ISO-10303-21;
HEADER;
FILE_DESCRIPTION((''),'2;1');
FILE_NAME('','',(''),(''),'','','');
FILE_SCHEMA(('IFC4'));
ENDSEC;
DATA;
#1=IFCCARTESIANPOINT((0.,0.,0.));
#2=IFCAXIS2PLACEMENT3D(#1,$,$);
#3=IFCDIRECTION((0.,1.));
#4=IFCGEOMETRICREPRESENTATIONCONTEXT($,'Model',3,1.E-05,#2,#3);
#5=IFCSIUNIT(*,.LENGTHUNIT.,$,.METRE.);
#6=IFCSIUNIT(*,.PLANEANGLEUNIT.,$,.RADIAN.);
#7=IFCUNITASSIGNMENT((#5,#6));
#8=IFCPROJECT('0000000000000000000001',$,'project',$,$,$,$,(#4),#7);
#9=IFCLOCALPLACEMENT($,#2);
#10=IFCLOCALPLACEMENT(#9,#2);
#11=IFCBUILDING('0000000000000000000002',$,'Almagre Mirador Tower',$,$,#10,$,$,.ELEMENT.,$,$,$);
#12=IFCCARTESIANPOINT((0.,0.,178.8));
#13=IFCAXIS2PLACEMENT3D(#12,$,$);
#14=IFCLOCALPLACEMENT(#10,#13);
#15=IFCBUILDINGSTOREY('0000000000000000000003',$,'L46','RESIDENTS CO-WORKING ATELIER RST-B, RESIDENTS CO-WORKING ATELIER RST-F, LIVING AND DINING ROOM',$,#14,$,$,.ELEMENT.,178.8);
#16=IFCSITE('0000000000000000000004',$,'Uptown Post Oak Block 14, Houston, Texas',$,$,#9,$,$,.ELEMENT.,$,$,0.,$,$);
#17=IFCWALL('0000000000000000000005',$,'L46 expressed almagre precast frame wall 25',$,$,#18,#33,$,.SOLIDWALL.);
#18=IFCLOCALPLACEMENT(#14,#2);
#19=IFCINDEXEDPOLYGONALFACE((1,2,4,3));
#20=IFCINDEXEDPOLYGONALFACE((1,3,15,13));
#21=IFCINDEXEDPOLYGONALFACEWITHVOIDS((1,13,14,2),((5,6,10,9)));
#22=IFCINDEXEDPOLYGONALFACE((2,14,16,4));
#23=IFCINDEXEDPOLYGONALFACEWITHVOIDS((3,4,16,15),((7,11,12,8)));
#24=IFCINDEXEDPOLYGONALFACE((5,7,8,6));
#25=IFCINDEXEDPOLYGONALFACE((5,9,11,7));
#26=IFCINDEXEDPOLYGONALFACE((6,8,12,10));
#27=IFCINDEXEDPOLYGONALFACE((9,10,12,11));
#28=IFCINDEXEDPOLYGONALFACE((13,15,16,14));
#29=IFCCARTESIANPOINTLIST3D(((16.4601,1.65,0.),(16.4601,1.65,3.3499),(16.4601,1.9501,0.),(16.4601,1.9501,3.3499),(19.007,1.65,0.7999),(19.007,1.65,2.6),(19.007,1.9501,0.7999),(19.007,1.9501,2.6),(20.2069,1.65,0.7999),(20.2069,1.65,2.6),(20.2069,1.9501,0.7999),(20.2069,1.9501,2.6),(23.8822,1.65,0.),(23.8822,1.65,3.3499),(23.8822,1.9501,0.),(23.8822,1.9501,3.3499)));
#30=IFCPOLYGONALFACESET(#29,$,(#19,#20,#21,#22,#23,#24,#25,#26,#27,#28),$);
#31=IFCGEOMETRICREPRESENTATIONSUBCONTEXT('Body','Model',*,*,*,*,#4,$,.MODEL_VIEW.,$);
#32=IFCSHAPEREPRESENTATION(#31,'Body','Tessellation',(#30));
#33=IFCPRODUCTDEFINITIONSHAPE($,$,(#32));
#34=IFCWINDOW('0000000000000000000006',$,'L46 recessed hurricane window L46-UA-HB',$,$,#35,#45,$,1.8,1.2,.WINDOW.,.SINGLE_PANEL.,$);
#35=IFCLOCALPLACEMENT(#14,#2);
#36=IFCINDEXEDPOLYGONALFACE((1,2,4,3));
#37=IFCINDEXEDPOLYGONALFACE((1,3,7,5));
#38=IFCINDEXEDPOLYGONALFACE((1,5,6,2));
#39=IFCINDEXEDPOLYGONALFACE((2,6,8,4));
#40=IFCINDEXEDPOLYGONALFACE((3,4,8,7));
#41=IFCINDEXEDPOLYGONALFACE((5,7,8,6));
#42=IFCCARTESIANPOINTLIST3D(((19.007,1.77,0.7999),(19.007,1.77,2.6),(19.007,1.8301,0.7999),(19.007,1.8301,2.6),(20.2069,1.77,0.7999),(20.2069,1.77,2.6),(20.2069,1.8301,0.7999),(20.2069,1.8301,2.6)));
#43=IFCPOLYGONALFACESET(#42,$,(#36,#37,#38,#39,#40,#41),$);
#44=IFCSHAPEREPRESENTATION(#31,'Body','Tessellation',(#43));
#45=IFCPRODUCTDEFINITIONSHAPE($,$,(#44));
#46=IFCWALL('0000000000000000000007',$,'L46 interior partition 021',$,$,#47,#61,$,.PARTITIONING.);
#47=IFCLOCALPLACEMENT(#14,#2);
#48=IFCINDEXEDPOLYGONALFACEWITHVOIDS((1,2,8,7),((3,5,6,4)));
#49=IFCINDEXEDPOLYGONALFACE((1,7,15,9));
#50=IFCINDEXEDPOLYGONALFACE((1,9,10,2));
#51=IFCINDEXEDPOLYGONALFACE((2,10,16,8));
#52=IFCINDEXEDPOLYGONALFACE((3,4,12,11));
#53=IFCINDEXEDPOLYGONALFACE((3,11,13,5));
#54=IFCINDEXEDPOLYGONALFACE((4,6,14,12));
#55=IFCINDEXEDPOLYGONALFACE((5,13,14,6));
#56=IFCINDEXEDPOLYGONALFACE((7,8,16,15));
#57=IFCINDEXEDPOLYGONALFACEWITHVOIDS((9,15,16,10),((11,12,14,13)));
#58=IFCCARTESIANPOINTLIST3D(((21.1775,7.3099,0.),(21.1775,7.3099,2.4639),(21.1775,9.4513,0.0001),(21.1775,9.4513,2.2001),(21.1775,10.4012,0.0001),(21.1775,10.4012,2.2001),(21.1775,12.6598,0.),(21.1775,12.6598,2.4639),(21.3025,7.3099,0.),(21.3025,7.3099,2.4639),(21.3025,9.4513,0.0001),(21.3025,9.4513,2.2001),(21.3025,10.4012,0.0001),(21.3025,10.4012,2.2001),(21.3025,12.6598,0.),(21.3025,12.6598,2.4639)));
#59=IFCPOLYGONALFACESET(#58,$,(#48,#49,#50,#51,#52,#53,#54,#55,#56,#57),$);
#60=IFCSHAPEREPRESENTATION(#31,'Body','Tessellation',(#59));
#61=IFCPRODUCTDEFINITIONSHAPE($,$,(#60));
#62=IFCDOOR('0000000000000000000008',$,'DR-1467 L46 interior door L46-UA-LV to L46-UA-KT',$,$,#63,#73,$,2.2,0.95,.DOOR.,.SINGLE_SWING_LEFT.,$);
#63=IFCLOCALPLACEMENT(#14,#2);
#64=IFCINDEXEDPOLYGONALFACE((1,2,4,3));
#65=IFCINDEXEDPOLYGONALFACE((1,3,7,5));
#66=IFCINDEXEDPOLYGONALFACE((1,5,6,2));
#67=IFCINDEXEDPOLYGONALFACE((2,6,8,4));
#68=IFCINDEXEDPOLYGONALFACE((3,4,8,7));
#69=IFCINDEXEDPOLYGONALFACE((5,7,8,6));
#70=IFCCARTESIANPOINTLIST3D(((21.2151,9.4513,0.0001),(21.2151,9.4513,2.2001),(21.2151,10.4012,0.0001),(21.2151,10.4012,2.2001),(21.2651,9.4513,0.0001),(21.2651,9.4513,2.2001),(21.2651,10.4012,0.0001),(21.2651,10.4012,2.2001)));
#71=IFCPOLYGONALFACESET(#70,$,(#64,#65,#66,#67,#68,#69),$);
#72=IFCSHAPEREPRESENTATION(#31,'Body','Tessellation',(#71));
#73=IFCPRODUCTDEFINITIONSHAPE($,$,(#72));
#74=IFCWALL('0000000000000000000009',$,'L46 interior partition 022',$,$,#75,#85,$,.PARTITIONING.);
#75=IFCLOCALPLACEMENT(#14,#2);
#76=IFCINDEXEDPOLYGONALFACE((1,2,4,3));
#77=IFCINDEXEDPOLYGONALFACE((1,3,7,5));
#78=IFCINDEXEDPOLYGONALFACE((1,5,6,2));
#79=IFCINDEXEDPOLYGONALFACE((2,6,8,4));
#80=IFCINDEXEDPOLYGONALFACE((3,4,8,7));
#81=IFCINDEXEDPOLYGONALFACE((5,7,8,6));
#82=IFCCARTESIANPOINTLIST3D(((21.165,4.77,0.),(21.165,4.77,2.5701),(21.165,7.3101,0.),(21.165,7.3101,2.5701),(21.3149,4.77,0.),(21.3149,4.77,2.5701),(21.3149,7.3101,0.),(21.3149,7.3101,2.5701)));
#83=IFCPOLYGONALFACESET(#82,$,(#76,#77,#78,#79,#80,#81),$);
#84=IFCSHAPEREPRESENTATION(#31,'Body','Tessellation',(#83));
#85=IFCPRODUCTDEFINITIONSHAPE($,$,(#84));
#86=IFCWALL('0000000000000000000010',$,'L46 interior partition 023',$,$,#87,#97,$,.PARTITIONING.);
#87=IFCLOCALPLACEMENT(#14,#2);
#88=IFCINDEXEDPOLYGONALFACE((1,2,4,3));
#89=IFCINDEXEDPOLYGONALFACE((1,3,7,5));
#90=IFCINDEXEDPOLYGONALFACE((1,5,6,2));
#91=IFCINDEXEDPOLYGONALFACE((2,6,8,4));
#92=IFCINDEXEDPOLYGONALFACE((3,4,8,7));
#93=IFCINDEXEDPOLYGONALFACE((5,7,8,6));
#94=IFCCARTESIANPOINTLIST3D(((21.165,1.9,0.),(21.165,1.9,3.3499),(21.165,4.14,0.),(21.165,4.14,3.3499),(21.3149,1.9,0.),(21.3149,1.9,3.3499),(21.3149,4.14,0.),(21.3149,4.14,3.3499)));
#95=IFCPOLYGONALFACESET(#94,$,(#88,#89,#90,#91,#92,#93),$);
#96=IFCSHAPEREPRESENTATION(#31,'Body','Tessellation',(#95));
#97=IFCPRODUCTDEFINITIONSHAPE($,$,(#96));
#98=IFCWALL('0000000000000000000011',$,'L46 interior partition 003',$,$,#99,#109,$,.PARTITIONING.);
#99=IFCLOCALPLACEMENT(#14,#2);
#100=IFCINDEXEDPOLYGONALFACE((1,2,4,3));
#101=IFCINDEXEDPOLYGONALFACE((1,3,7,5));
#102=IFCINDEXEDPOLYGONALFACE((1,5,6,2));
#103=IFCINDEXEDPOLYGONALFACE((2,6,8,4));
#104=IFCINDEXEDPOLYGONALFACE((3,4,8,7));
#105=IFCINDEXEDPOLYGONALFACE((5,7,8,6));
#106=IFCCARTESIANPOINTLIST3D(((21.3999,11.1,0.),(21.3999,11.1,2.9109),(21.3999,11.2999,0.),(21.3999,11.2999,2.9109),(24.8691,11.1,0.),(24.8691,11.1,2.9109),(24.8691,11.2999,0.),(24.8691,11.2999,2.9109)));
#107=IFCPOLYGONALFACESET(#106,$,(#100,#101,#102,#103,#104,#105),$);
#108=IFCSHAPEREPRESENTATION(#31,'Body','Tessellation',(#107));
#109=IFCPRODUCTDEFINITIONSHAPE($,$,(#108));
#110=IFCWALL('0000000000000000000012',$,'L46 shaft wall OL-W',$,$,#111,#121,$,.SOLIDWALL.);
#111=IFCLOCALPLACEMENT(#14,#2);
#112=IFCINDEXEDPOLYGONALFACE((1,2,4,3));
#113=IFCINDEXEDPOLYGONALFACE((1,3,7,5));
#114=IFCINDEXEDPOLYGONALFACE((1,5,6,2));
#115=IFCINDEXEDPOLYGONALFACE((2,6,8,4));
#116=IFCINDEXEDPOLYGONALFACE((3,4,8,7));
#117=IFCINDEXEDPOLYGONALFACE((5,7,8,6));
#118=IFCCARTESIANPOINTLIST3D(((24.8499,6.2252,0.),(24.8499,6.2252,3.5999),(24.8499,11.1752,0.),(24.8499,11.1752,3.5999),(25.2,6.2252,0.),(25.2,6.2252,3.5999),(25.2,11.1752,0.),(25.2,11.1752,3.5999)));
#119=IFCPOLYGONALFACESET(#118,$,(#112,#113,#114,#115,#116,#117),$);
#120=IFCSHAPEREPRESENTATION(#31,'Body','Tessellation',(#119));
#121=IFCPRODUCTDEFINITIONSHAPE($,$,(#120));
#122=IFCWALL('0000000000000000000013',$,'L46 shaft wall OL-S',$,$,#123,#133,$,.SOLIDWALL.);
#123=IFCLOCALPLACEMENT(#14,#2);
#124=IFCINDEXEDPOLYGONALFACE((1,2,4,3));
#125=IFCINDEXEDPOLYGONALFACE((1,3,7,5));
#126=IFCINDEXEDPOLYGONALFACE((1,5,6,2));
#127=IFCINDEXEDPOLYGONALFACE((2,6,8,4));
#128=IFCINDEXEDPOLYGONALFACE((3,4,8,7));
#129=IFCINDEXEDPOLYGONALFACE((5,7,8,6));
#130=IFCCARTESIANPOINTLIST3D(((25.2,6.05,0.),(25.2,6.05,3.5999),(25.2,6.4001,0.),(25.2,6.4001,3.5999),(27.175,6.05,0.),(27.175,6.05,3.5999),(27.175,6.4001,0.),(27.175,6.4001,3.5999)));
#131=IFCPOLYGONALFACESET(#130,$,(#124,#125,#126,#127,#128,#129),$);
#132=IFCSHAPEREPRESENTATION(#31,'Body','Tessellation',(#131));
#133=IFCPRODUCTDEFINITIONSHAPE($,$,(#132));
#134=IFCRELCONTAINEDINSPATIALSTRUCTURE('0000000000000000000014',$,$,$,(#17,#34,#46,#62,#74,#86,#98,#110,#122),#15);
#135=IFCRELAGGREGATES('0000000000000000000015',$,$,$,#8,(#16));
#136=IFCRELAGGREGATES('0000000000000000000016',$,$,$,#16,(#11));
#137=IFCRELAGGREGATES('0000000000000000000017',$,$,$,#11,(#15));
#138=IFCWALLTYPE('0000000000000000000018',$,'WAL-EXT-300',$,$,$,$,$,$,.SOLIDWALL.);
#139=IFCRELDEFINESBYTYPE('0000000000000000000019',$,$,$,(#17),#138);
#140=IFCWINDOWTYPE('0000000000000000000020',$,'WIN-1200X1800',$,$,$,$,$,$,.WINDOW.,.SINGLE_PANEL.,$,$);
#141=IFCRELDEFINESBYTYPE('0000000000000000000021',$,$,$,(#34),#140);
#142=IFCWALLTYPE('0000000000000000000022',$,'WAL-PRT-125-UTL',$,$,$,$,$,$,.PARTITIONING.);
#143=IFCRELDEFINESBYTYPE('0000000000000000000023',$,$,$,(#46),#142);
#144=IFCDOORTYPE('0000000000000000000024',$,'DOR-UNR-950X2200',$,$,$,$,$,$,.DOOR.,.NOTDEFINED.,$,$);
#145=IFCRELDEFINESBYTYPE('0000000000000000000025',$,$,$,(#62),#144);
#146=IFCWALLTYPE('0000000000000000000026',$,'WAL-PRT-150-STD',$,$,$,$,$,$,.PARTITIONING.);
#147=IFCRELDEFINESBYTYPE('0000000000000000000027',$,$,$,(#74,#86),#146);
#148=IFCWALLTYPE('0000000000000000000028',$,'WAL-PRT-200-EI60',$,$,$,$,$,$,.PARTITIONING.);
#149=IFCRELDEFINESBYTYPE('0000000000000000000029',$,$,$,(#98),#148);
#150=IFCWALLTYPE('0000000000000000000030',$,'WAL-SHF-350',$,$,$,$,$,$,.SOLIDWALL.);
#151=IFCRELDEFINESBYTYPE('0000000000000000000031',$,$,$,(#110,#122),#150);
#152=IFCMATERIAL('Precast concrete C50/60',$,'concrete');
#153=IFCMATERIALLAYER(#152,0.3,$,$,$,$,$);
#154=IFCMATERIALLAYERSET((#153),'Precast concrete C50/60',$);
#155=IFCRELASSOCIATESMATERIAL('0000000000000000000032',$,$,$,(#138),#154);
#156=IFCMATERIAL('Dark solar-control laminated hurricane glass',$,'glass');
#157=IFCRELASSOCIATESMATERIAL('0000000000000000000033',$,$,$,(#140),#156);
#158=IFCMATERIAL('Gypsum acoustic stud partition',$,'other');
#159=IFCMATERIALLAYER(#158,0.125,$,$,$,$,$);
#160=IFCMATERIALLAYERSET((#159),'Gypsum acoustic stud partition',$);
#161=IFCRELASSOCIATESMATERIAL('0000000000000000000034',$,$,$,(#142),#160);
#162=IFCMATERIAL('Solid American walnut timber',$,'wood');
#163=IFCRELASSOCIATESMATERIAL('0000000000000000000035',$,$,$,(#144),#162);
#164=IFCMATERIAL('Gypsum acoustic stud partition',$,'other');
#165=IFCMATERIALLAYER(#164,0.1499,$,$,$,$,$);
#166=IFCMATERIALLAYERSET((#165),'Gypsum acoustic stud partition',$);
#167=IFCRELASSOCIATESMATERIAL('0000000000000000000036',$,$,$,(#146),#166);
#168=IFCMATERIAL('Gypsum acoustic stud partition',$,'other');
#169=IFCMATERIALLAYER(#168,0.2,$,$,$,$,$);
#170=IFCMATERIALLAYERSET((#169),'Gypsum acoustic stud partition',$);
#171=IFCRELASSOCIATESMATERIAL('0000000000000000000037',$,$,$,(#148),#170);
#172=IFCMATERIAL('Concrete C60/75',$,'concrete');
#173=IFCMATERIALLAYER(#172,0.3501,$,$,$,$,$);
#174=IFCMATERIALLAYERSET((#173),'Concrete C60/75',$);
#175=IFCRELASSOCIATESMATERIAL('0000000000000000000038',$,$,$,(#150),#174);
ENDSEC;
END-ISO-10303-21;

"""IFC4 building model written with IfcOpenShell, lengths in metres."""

from ifc_helpers import new_model, si_unit, direction, frame, frame_2d, origin, place, context, subcontext, project, spatial, rectangle, extrude, material, layer, layer_set, type_object, element, fill, save


model = new_model("IFC4")

# Units and contexts
model_context = context("Model", 3, precision=1e-05, world=origin(), true_north=direction((0.0, 1.0)))
body_context = subcontext(model_context, "Body", "Model", "MODEL_VIEW")
ifc_project = project(units=[si_unit("LENGTHUNIT", "METRE"), si_unit("PLANEANGLEUNIT", "RADIAN")], contexts=[model_context])

# Site, building, storey
site_placement = place(None, origin())
site = spatial("IfcSite", under=ifc_project, at=site_placement, Name="Uptown Post Oak Block 14, Houston, Texas", CompositionType="ELEMENT", RefElevation=0.0)
building_placement = place(site_placement, origin())
building = spatial("IfcBuilding", under=site, at=building_placement, Name="Almagre Mirador Tower", CompositionType="ELEMENT")
storey_placement = place(building_placement, frame((0.0, 0.0, 178.8)))
storey = spatial("IfcBuildingStorey", under=building, at=storey_placement, Name="L46", Description="RESIDENTS CO-WORKING ATELIER RST-B, RESIDENTS CO-WORKING ATELIER RST-F, LIVING AND DINING ROOM", CompositionType="ELEMENT", Elevation=178.8)

# Wall, opening, window
ifc_material_1 = material(Name="Precast concrete C50/60", Category="concrete")
ifc_layer_1 = layer(ifc_material_1, 0.3)
ifc_layer_set_1 = layer_set([ifc_layer_1], Name="Precast concrete C50/60")
wall_type_1 = type_object("IfcWallType", Name="WAL-EXT-300", PredefinedType="SOLIDWALL", material=ifc_layer_set_1)
wall_1_placement = place(storey_placement, frame((23.8821, 1.8, 0.0), z_axis=(0.0, 0.0, 1.0), x_axis=(-1.0, 0.0, 0.0)))
wall_1 = element("IfcWall", 1, at=wall_1_placement, inside=storey, type_object=wall_type_1, Name="L46 expressed almagre precast frame wall 25", PredefinedType="SOLIDWALL", context=body_context, shape_type="SweptSolid", body=[
    extrude(rectangle(XDim=7.4221, YDim=0.3, at=frame_2d((3.7109, 0.0))), origin(), (0.0, 0.0, 1.0), 3.3499),
])
opening_1_placement = place(wall_1_placement, frame((3.675, 0.0, 0.8)))
opening_1 = element("IfcOpeningElement", 2, at=opening_1_placement, cuts=wall_1, PredefinedType="OPENING", context=body_context, shape_type="SweptSolid", body=[
    extrude(rectangle(XDim=1.2, YDim=1.8, at=frame_2d((0.6001, 0.8999))), frame((0.0, 0.1599, 0.0), z_axis=(0.0, -1.0, 0.0), x_axis=(1.0, 0.0, 0.0)), (0.0, 0.0, 1.0), 0.32),
])
ifc_material_2 = material(Name="Dark solar-control laminated hurricane glass", Category="glass")
window_type = type_object("IfcWindowType", Name="WIN-1200X1800", PartitioningType="SINGLE_PANEL", PredefinedType="WINDOW", material=ifc_material_2)
window_placement = place(opening_1_placement, origin())
window = element("IfcWindow", 3, at=window_placement, inside=storey, type_object=window_type, Name="L46 recessed hurricane window L46-UA-HB", OverallHeight=1.8, OverallWidth=1.2, PartitioningType="SINGLE_PANEL", PredefinedType="WINDOW", context=body_context, shape_type="SweptSolid", body=[
    extrude(rectangle(XDim=1.2, YDim=1.8, at=frame_2d((0.6001, 0.8999))), frame((0.0, 0.03, 0.0), z_axis=(0.0, -1.0, 0.0), x_axis=(1.0, 0.0, 0.0)), (0.0, 0.0, 1.0), 0.0601),
])
fill(opening_1, window)

# Wall, opening, door
ifc_material_3 = material(Name="Gypsum acoustic stud partition", Category="other")
ifc_layer_2 = layer(ifc_material_3, 0.125)
ifc_layer_set_2 = layer_set([ifc_layer_2], Name="Gypsum acoustic stud partition")
wall_type_2 = type_object("IfcWallType", Name="WAL-PRT-125-UTL", PredefinedType="PARTITIONING", material=ifc_layer_set_2)
wall_2_placement = place(storey_placement, frame((21.24, 7.3101, 0.0), z_axis=(0.0, 0.0, 1.0), x_axis=(0.0, 1.0, 0.0)))
wall_2 = element("IfcWall", 4, at=wall_2_placement, inside=storey, type_object=wall_type_2, Name="L46 interior partition 021", PredefinedType="PARTITIONING", context=body_context, shape_type="SweptSolid", body=[
    extrude(rectangle(XDim=5.3499, YDim=0.125, at=frame_2d((2.6748, 0.0))), origin(), (0.0, 0.0, 1.0), 2.4639),
])
opening_2_placement = place(wall_2_placement, frame((2.1411, 0.0, 0.0)))
opening_2 = element("IfcOpeningElement", 5, at=opening_2_placement, cuts=wall_2, PredefinedType="OPENING", context=body_context, shape_type="SweptSolid", body=[
    extrude(rectangle(XDim=0.95, YDim=2.2, at=frame_2d((0.4751, 1.1001))), frame((0.0, 0.0725, 0.0), z_axis=(0.0, -1.0, 0.0), x_axis=(1.0, 0.0, 0.0)), (0.0, 0.0, 1.0), 0.145),
])
ifc_material_4 = material(Name="Solid American walnut timber", Category="wood")
door_type_1 = type_object("IfcDoorType", Name="DOR-UNR-950X2200", OperationType="NOTDEFINED", PredefinedType="DOOR", material=ifc_material_4)
door_1_placement = place(opening_2_placement, origin())
door_1 = element("IfcDoor", 6, at=door_1_placement, inside=storey, type_object=door_type_1, Name="DR-1467 L46 interior door L46-UA-LV to L46-UA-KT", OperationType="SINGLE_SWING_LEFT", OverallHeight=2.2, OverallWidth=0.95, PredefinedType="DOOR", context=body_context, shape_type="SweptSolid", body=[
    extrude(rectangle(XDim=0.95, YDim=2.2, at=frame_2d((0.4751, 1.1001))), frame((0.0, 0.0249, 0.0), z_axis=(0.0, -1.0, 0.0), x_axis=(1.0, 0.0, 0.0)), (0.0, 0.0, 1.0), 0.05),
])
fill(opening_2, door_1)

# Walls
ifc_material_5 = material(Name="Gypsum acoustic stud partition", Category="other")
ifc_layer_3 = layer(ifc_material_5, 0.1499)
ifc_layer_set_3 = layer_set([ifc_layer_3], Name="Gypsum acoustic stud partition")
wall_type_3 = type_object("IfcWallType", Name="WAL-PRT-150-STD", PredefinedType="PARTITIONING", material=ifc_layer_set_3)
wall_3_placement = place(storey_placement, frame((21.24, 4.77, 0.0), z_axis=(0.0, 0.0, 1.0), x_axis=(0.0, 1.0, 0.0)))
element("IfcWall", 7, at=wall_3_placement, inside=storey, type_object=wall_type_3, Name="L46 interior partition 022", PredefinedType="PARTITIONING", context=body_context, shape_type="SweptSolid", body=[
    extrude(rectangle(XDim=2.54, YDim=0.1499, at=frame_2d((1.27, 0.0))), origin(), (0.0, 0.0, 1.0), 2.5701),
])
wall_4_placement = place(storey_placement, frame((21.24, 1.8999, 0.0), z_axis=(0.0, 0.0, 1.0), x_axis=(0.0, 1.0, 0.0)))
element("IfcWall", 8, at=wall_4_placement, inside=storey, type_object=wall_type_3, Name="L46 interior partition 023", PredefinedType="PARTITIONING", context=body_context, shape_type="SweptSolid", body=[
    extrude(rectangle(XDim=2.24, YDim=0.1499, at=frame_2d((1.1201, 0.0))), origin(), (0.0, 0.0, 1.0), 3.3499),
])
ifc_material_6 = material(Name="Gypsum acoustic stud partition", Category="other")
ifc_layer_4 = layer(ifc_material_6, 0.2)
ifc_layer_set_4 = layer_set([ifc_layer_4], Name="Gypsum acoustic stud partition")
wall_type_4 = type_object("IfcWallType", Name="WAL-PRT-200-EI60", PredefinedType="PARTITIONING", material=ifc_layer_set_4)
wall_5_placement = place(storey_placement, frame((21.3999, 11.2, 0.0), z_axis=(0.0, 0.0, 1.0), x_axis=(1.0, 0.0, 0.0)))
element("IfcWall", 9, at=wall_5_placement, inside=storey, type_object=wall_type_4, Name="L46 interior partition 003", PredefinedType="PARTITIONING", context=body_context, shape_type="SweptSolid", body=[
    extrude(rectangle(XDim=3.4692, YDim=0.2, at=frame_2d((1.7346, 0.0))), origin(), (0.0, 0.0, 1.0), 2.9109),
])
ifc_material_7 = material(Name="Concrete C60/75", Category="concrete")
ifc_layer_5 = layer(ifc_material_7, 0.3501)
ifc_layer_set_5 = layer_set([ifc_layer_5], Name="Concrete C60/75")
wall_type_5 = type_object("IfcWallType", Name="WAL-SHF-350", PredefinedType="SOLIDWALL", material=ifc_layer_set_5)
wall_6_placement = place(storey_placement, frame((25.0249, 6.2251, 0.0), z_axis=(0.0, 0.0, 1.0), x_axis=(0.0, 1.0, 0.0)))
element("IfcWall", 10, at=wall_6_placement, inside=storey, type_object=wall_type_5, Name="L46 shaft wall OL-W", PredefinedType="SOLIDWALL", context=body_context, shape_type="SweptSolid", body=[
    extrude(rectangle(XDim=4.95, YDim=0.3501, at=frame_2d((2.4751, 0.0))), origin(), (0.0, 0.0, 1.0), 3.5999),
])
wall_7_placement = place(storey_placement, frame((25.2, 6.2251, 0.0), z_axis=(0.0, 0.0, 1.0), x_axis=(1.0, 0.0, 0.0)))
element("IfcWall", 11, at=wall_7_placement, inside=storey, type_object=wall_type_5, Name="L46 shaft wall OL-S", PredefinedType="SOLIDWALL", context=body_context, shape_type="SweptSolid", body=[
    extrude(rectangle(XDim=1.9751, YDim=0.3501, at=frame_2d((0.9875, 0.0))), origin(), (0.0, 0.0, 1.0), 3.5999),
])

save(model, "model.ifc")
